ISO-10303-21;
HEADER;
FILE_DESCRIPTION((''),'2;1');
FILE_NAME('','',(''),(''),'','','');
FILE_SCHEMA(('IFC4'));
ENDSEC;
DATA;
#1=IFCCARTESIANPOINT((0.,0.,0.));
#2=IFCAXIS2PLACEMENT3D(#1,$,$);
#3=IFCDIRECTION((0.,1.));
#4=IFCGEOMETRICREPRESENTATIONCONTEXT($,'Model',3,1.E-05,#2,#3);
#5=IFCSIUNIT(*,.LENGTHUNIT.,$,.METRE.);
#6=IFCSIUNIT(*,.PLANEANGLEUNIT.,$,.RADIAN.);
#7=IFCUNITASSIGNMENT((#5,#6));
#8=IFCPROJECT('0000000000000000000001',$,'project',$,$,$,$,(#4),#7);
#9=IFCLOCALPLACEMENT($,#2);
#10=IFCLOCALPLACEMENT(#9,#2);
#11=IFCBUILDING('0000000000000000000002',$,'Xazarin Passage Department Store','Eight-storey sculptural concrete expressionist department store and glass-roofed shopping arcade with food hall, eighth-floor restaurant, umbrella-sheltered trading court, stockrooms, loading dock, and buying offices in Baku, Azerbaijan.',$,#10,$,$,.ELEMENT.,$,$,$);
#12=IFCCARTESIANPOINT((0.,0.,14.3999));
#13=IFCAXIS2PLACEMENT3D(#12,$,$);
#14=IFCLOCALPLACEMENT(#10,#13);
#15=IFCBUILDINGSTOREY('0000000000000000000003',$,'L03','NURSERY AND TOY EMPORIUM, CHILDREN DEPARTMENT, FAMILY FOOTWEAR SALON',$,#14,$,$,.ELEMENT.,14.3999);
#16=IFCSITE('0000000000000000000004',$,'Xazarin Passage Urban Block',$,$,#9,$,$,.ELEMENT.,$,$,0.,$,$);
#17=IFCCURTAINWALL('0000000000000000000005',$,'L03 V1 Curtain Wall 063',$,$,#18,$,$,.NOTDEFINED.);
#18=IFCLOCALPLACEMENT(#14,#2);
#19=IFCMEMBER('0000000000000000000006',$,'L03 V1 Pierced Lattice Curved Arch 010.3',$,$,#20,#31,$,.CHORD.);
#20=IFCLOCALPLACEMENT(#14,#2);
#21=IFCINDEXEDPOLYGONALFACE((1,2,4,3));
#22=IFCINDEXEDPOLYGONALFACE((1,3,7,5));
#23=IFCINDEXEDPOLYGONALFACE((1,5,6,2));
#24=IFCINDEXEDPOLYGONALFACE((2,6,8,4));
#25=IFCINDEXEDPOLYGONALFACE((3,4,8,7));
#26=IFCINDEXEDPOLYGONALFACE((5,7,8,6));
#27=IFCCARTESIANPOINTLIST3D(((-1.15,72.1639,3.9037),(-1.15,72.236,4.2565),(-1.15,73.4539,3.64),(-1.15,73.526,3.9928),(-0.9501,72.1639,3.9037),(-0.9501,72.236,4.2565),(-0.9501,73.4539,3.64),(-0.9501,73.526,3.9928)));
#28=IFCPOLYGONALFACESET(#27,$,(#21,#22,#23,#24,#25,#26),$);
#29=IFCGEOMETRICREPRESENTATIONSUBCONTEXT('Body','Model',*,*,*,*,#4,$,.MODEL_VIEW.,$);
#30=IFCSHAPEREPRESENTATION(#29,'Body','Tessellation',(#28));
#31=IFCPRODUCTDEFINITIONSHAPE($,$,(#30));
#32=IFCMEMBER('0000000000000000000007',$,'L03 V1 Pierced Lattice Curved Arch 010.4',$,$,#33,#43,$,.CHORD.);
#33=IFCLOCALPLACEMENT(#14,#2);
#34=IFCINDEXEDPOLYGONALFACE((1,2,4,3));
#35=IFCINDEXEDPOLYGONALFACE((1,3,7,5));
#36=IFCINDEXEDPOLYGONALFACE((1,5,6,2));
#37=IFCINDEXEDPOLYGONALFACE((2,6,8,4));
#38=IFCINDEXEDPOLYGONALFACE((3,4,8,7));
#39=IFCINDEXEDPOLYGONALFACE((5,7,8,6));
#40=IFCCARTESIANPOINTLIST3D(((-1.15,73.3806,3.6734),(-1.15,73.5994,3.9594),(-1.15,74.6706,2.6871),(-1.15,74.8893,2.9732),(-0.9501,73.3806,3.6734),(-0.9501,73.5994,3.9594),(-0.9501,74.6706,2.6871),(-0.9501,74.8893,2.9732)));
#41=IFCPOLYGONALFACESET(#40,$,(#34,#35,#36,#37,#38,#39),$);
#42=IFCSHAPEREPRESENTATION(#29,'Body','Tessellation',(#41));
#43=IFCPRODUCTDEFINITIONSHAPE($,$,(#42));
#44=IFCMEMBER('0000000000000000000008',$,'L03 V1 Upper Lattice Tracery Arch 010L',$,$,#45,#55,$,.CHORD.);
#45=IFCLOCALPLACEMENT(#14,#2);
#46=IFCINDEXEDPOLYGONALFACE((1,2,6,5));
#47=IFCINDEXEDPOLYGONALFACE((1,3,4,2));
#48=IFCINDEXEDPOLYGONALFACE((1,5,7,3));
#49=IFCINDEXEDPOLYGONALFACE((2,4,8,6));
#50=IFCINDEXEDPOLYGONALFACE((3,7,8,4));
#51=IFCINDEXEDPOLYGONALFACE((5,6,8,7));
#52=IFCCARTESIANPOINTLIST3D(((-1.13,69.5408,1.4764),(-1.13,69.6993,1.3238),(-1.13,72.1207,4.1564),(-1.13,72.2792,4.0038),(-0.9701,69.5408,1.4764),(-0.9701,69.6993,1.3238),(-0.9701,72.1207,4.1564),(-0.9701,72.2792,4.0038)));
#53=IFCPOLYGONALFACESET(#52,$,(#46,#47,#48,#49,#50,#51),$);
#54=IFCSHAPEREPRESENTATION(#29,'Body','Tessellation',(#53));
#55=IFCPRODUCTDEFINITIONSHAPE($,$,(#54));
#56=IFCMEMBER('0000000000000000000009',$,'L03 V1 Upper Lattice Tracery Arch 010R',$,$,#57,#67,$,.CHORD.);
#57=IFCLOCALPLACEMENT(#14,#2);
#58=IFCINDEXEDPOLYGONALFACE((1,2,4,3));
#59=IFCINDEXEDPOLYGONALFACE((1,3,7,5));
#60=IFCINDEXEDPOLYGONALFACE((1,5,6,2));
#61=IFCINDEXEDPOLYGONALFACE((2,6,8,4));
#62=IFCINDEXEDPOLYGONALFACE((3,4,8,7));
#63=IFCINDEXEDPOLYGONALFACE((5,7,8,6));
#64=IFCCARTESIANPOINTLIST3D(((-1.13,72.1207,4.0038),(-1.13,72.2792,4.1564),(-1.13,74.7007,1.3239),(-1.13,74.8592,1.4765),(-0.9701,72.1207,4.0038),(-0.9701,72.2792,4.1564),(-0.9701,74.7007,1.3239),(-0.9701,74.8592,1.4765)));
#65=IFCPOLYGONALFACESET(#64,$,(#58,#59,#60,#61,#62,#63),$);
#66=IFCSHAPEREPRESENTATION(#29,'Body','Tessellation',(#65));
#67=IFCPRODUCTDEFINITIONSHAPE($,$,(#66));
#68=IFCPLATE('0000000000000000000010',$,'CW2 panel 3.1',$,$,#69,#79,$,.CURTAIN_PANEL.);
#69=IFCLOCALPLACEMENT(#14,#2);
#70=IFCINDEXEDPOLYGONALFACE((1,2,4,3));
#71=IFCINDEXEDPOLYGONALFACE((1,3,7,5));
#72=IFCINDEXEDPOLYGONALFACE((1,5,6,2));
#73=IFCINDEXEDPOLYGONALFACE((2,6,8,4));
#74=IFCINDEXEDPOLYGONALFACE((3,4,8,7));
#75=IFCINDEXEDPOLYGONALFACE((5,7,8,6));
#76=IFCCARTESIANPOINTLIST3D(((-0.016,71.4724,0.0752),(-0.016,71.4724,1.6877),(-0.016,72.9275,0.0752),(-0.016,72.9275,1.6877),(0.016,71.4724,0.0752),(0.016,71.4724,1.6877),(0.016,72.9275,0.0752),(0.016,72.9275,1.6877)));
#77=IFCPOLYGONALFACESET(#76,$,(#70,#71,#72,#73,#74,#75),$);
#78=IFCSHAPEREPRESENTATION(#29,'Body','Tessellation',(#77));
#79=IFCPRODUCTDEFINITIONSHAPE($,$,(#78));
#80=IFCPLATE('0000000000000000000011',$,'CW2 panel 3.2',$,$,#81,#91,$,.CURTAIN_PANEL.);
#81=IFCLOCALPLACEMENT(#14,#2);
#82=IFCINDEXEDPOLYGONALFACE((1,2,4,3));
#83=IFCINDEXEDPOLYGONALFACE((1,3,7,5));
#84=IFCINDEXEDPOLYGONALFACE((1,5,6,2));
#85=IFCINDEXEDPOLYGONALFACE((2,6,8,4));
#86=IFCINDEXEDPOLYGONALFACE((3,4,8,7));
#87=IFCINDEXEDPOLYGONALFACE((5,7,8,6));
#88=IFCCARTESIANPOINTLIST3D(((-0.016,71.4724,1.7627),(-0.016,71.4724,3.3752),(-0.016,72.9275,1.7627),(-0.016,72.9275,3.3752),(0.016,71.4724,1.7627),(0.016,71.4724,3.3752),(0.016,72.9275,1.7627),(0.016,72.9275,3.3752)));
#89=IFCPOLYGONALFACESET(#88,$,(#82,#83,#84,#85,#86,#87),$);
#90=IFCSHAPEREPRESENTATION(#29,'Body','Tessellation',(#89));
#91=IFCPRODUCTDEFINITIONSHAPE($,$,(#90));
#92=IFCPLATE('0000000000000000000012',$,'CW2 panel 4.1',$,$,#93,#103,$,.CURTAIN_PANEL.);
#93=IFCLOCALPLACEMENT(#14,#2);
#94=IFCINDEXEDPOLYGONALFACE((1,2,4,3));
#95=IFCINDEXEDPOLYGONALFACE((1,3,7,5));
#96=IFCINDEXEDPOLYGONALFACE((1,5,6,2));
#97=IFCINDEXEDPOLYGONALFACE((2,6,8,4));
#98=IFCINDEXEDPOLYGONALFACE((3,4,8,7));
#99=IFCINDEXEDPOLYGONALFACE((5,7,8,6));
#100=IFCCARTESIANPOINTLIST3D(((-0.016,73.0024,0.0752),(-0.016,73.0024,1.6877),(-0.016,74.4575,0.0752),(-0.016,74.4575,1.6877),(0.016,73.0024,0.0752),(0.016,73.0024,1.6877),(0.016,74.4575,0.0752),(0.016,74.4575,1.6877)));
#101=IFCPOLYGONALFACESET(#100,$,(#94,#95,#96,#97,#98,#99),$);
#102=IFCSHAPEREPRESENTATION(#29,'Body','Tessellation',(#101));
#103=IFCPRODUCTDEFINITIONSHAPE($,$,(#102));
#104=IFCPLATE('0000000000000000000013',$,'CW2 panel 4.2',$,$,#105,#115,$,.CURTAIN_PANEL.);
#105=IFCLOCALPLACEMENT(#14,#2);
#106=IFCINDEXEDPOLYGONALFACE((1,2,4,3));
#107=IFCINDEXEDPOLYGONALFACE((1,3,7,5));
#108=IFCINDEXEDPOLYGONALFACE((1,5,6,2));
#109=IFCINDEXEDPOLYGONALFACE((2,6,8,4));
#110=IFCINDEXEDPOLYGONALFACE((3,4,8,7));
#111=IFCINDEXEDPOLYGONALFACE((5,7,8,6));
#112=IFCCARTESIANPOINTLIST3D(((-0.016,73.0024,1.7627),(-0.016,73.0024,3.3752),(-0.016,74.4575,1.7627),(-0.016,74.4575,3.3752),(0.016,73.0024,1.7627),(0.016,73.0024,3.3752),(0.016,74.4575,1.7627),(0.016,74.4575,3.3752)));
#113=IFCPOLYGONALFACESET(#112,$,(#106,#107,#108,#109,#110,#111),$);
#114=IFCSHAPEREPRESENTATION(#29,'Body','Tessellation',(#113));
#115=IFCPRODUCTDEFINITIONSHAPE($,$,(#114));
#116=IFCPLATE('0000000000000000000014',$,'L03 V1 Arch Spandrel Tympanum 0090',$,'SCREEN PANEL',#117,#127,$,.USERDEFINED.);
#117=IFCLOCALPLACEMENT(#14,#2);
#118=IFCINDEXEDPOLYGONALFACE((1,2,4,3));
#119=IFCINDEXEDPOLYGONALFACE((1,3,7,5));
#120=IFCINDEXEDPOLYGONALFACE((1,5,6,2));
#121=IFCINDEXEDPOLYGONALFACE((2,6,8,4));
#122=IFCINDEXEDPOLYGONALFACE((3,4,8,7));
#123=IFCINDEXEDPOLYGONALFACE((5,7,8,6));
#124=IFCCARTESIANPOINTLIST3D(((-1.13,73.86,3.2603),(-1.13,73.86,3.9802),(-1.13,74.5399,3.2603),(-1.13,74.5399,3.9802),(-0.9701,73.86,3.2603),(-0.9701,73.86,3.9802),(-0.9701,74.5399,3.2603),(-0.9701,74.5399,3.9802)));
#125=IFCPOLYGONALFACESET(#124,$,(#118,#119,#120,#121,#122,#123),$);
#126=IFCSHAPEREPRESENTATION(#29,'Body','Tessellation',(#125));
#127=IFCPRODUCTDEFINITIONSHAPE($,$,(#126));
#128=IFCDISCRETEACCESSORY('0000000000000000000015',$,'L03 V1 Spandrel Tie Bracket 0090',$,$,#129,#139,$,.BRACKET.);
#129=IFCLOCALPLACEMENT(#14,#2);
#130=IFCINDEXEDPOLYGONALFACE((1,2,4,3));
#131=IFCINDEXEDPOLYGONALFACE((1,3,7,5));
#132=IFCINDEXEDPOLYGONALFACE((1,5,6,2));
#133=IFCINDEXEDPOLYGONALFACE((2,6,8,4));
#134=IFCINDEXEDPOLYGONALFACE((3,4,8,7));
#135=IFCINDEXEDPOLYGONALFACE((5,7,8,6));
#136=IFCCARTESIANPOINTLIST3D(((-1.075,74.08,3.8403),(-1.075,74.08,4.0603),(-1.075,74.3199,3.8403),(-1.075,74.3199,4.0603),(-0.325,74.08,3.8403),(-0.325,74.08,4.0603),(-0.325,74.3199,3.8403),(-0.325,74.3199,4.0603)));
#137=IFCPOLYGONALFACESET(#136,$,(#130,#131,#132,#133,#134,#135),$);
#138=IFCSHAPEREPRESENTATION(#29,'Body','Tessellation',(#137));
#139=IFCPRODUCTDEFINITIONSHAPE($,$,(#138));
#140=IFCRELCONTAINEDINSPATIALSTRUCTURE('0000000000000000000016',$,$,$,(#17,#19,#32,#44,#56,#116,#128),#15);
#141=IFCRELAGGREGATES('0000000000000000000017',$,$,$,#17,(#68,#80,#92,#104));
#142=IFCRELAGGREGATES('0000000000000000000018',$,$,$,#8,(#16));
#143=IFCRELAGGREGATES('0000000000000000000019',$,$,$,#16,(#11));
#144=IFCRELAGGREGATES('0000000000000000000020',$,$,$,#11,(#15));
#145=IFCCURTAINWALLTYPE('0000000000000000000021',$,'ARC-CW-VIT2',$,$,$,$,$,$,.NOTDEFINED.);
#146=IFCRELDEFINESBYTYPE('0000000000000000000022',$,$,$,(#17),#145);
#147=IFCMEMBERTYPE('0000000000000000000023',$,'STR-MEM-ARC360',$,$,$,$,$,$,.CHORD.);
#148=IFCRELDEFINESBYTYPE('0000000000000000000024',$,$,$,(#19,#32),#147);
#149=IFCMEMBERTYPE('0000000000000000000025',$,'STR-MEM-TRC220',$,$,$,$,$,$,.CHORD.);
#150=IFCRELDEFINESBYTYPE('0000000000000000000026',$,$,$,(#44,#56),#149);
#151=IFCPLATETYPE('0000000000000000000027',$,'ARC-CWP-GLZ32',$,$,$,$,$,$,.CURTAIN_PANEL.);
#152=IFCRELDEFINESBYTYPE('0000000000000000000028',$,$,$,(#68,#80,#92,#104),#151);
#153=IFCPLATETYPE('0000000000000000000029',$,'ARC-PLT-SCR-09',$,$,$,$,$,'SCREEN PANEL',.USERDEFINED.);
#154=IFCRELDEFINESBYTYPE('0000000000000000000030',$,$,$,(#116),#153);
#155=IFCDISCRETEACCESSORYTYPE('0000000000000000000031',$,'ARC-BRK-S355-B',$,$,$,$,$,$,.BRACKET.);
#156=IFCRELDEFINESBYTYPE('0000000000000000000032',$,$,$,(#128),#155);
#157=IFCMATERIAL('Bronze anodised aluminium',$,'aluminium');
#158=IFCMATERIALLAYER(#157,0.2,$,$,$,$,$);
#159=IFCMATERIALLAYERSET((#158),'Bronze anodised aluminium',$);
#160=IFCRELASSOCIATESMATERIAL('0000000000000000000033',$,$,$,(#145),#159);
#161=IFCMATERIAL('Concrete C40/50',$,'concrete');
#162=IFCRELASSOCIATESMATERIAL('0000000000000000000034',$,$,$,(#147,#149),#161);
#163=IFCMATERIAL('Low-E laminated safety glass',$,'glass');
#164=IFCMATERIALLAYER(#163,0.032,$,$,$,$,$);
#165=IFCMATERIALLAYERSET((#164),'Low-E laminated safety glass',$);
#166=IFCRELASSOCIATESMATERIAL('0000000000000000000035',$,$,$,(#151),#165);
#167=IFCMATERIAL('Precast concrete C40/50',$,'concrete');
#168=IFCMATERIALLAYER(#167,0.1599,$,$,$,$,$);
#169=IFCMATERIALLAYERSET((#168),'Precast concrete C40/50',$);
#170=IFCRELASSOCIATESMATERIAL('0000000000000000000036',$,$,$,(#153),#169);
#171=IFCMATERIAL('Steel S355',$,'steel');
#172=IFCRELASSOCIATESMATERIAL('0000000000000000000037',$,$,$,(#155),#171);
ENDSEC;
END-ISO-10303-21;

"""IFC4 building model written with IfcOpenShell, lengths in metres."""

from ifc_helpers import new_model, si_unit, direction, frame, origin, origin_2d, place, context, subcontext, project, spatial, rectangle, extrude, material, layer, layer_set, material_profile, profile_set, type_object, element, aggregate, save


model = new_model("IFC4")

# Units and contexts
model_context = context("Model", 3, precision=1e-05, world=origin(), true_north=direction((0.0, 1.0)))
body_context = subcontext(model_context, "Body", "Model", "MODEL_VIEW")
ifc_project = project(units=[si_unit("LENGTHUNIT", "METRE"), si_unit("PLANEANGLEUNIT", "RADIAN")], contexts=[model_context])

# Site, building, storey
site_placement = place(None, origin())
site = spatial("IfcSite", under=ifc_project, at=site_placement, Name="Xazarin Passage Urban Block", CompositionType="ELEMENT", RefElevation=0.0)
building_placement = place(site_placement, origin())
building = spatial("IfcBuilding", under=site, at=building_placement, Name="Xazarin Passage Department Store", Description="Eight-storey sculptural concrete expressionist department store and glass-roofed shopping arcade with food hall, eighth-floor restaurant, umbrella-sheltered trading court, stockrooms, loading dock, and buying offices in Baku, Azerbaijan.", CompositionType="ELEMENT")
storey_placement = place(building_placement, frame((0.0, 0.0, 14.3999)))
storey = spatial("IfcBuildingStorey", under=building, at=storey_placement, Name="L03", Description="NURSERY AND TOY EMPORIUM, CHILDREN DEPARTMENT, FAMILY FOOTWEAR SALON", CompositionType="ELEMENT", Elevation=14.3999)

# Curtain wall
ifc_material_1 = material(Name="Bronze anodised aluminium", Category="aluminium")
ifc_layer_1 = layer(ifc_material_1, 0.2)
ifc_layer_set_1 = layer_set([ifc_layer_1], Name="Bronze anodised aluminium")
curtain_wall_type = type_object("IfcCurtainWallType", Name="ARC-CW-VIT2", PredefinedType="NOTDEFINED", material=ifc_layer_set_1)
curtain_wall_placement = place(storey_placement, origin())
curtain_wall = element("IfcCurtainWall", 1, at=curtain_wall_placement, inside=storey, type_object=curtain_wall_type, Name="L03 V1 Curtain Wall 063", PredefinedType="NOTDEFINED")

# Members
ifc_material_2 = material(Name="Concrete C40/50", Category="concrete")
ifc_material_profile_1 = material_profile(ifc_material_2, rectangle(XDim=0.2, YDim=0.3601, at=origin_2d()), Name="RC 200x360")
ifc_profile_set_1 = profile_set([ifc_material_profile_1], Name="Concrete C40/50")
member_type_1 = type_object("IfcMemberType", Name="STR-MEM-ARC360", PredefinedType="CHORD", material=ifc_profile_set_1)
member_1_placement = place(storey_placement, frame((-1.05, 72.2, 4.0801), z_axis=(0.0, 0.979745, -0.200251), x_axis=(-1.0, 0.0, 0.0)))
element("IfcMember", 2, at=member_1_placement, inside=storey, type_object=member_type_1, Name="L03 V1 Pierced Lattice Curved Arch 010.3", PredefinedType="CHORD", context=body_context, shape_type="SweptSolid", body=[
    extrude(rectangle(XDim=0.2, YDim=0.3601, at=origin_2d()), origin(), (0.0, 0.0, 1.0), 1.3167),
])
member_2_placement = place(storey_placement, frame((-1.05, 73.49, 3.8164), z_axis=(0.0, 0.794409, -0.607383), x_axis=(-1.0, 0.0, 0.0)))
element("IfcMember", 3, at=member_2_placement, inside=storey, type_object=member_type_1, Name="L03 V1 Pierced Lattice Curved Arch 010.4", PredefinedType="CHORD", context=body_context, shape_type="SweptSolid", body=[
    extrude(rectangle(XDim=0.2, YDim=0.3601, at=origin_2d()), origin(), (0.0, 0.0, 1.0), 1.6238),
])
ifc_material_profile_2 = material_profile(ifc_material_2, rectangle(XDim=0.1599, YDim=0.22, at=origin_2d()), Name="RC 160x220")
ifc_profile_set_2 = profile_set([ifc_material_profile_2], Name="Concrete C40/50")
member_type_2 = type_object("IfcMemberType", Name="STR-MEM-TRC220", PredefinedType="CHORD", material=ifc_profile_set_2)
for number, where, z_axis, x_axis, name in (
    (4, (-1.05, 72.2, 4.0801), (0.0, -0.693524, -0.720433), (1.0, 0.0, 0.0), "L03 V1 Upper Lattice Tracery Arch 010L"),
    (5, (-1.05, 72.2, 4.0801), (0.0, 0.693558, -0.7204), (-1.0, 0.0, 0.0), "L03 V1 Upper Lattice Tracery Arch 010R"),
):
    element("IfcMember", number, at=place(storey_placement, frame(where, z_axis=z_axis, x_axis=x_axis)), inside=storey, type_object=member_type_2, Name=name, PredefinedType="CHORD", context=body_context, shape_type="SweptSolid", body=[
        extrude(rectangle(XDim=0.1599, YDim=0.22, at=origin_2d()), origin(), (0.0, 0.0, 1.0), 3.72),
    ])

# Plates
ifc_material_3 = material(Name="Low-E laminated safety glass", Category="glass")
ifc_layer_2 = layer(ifc_material_3, 0.032)
ifc_layer_set_2 = layer_set([ifc_layer_2], Name="Low-E laminated safety glass")
plate_type_1 = type_object("IfcPlateType", Name="ARC-CWP-GLZ32", PredefinedType="CURTAIN_PANEL", material=ifc_layer_set_2)
plate_1_placement = place(storey_placement, frame((0.0, 72.2, 0.0752), z_axis=(0.0, 0.0, 1.0), x_axis=(0.0, 1.0, 0.0)))
plate_1 = element("IfcPlate", 6, at=plate_1_placement, type_object=plate_type_1, Name="CW2 panel 3.1", PredefinedType="CURTAIN_PANEL", context=body_context, shape_type="SweptSolid", body=[
    extrude(rectangle(XDim=1.4551, YDim=0.032, at=origin_2d()), origin(), (0.0, 0.0, 1.0), 1.6125),
])
plate_2_placement = place(storey_placement, frame((0.0, 72.2, 1.7627), z_axis=(0.0, 0.0, 1.0), x_axis=(0.0, 1.0, 0.0)))
plate_2 = element("IfcPlate", 7, at=plate_2_placement, type_object=plate_type_1, Name="CW2 panel 3.2", PredefinedType="CURTAIN_PANEL", context=body_context, shape_type="SweptSolid", body=[
    extrude(rectangle(XDim=1.4551, YDim=0.032, at=origin_2d()), origin(), (0.0, 0.0, 1.0), 1.6125),
])
plate_3_placement = place(storey_placement, frame((0.0, 73.73, 0.0752), z_axis=(0.0, 0.0, 1.0), x_axis=(0.0, 1.0, 0.0)))
plate_3 = element("IfcPlate", 8, at=plate_3_placement, type_object=plate_type_1, Name="CW2 panel 4.1", PredefinedType="CURTAIN_PANEL", context=body_context, shape_type="SweptSolid", body=[
    extrude(rectangle(XDim=1.4551, YDim=0.032, at=origin_2d()), origin(), (0.0, 0.0, 1.0), 1.6125),
])
plate_4_placement = place(storey_placement, frame((0.0, 73.73, 1.7627), z_axis=(0.0, 0.0, 1.0), x_axis=(0.0, 1.0, 0.0)))
plate_4 = element("IfcPlate", 9, at=plate_4_placement, type_object=plate_type_1, Name="CW2 panel 4.2", PredefinedType="CURTAIN_PANEL", context=body_context, shape_type="SweptSolid", body=[
    extrude(rectangle(XDim=1.4551, YDim=0.032, at=origin_2d()), origin(), (0.0, 0.0, 1.0), 1.6125),
])
aggregate(curtain_wall, [plate_1, plate_2, plate_3, plate_4])
ifc_material_4 = material(Name="Precast concrete C40/50", Category="concrete")
ifc_layer_3 = layer(ifc_material_4, 0.1599)
ifc_layer_set_3 = layer_set([ifc_layer_3], Name="Precast concrete C40/50")
plate_type_2 = type_object("IfcPlateType", Name="ARC-PLT-SCR-09", ElementType="SCREEN PANEL", PredefinedType="USERDEFINED", material=ifc_layer_set_3)
plate_5_placement = place(storey_placement, frame((-1.05, 74.2, 3.2603), z_axis=(0.0, 0.0, 1.0), x_axis=(0.0, 1.0, 0.0)))
element("IfcPlate", 10, at=plate_5_placement, inside=storey, type_object=plate_type_2, Name="L03 V1 Arch Spandrel Tympanum 0090", ObjectType="SCREEN PANEL", PredefinedType="USERDEFINED", context=body_context, shape_type="SweptSolid", body=[
    extrude(rectangle(XDim=0.6799, YDim=0.1599, at=origin_2d()), origin(), (0.0, 0.0, 1.0), 0.72),
])

# Discrete accessory
ifc_material_5 = material(Name="Steel S355", Category="steel")
discrete_accessory_type = type_object("IfcDiscreteAccessoryType", Name="ARC-BRK-S355-B", PredefinedType="BRACKET", material=ifc_material_5)
discrete_accessory_placement = place(storey_placement, frame((-0.7, 74.2, 3.8403), z_axis=(0.0, 0.0, 1.0), x_axis=(0.0, 1.0, 0.0)))
element("IfcDiscreteAccessory", 11, at=discrete_accessory_placement, inside=storey, type_object=discrete_accessory_type, Name="L03 V1 Spandrel Tie Bracket 0090", PredefinedType="BRACKET", context=body_context, shape_type="SweptSolid", body=[
    extrude(rectangle(XDim=0.24, YDim=0.75, at=origin_2d()), origin(), (0.0, 0.0, 1.0), 0.22),
])

save(model, "model.ifc")
